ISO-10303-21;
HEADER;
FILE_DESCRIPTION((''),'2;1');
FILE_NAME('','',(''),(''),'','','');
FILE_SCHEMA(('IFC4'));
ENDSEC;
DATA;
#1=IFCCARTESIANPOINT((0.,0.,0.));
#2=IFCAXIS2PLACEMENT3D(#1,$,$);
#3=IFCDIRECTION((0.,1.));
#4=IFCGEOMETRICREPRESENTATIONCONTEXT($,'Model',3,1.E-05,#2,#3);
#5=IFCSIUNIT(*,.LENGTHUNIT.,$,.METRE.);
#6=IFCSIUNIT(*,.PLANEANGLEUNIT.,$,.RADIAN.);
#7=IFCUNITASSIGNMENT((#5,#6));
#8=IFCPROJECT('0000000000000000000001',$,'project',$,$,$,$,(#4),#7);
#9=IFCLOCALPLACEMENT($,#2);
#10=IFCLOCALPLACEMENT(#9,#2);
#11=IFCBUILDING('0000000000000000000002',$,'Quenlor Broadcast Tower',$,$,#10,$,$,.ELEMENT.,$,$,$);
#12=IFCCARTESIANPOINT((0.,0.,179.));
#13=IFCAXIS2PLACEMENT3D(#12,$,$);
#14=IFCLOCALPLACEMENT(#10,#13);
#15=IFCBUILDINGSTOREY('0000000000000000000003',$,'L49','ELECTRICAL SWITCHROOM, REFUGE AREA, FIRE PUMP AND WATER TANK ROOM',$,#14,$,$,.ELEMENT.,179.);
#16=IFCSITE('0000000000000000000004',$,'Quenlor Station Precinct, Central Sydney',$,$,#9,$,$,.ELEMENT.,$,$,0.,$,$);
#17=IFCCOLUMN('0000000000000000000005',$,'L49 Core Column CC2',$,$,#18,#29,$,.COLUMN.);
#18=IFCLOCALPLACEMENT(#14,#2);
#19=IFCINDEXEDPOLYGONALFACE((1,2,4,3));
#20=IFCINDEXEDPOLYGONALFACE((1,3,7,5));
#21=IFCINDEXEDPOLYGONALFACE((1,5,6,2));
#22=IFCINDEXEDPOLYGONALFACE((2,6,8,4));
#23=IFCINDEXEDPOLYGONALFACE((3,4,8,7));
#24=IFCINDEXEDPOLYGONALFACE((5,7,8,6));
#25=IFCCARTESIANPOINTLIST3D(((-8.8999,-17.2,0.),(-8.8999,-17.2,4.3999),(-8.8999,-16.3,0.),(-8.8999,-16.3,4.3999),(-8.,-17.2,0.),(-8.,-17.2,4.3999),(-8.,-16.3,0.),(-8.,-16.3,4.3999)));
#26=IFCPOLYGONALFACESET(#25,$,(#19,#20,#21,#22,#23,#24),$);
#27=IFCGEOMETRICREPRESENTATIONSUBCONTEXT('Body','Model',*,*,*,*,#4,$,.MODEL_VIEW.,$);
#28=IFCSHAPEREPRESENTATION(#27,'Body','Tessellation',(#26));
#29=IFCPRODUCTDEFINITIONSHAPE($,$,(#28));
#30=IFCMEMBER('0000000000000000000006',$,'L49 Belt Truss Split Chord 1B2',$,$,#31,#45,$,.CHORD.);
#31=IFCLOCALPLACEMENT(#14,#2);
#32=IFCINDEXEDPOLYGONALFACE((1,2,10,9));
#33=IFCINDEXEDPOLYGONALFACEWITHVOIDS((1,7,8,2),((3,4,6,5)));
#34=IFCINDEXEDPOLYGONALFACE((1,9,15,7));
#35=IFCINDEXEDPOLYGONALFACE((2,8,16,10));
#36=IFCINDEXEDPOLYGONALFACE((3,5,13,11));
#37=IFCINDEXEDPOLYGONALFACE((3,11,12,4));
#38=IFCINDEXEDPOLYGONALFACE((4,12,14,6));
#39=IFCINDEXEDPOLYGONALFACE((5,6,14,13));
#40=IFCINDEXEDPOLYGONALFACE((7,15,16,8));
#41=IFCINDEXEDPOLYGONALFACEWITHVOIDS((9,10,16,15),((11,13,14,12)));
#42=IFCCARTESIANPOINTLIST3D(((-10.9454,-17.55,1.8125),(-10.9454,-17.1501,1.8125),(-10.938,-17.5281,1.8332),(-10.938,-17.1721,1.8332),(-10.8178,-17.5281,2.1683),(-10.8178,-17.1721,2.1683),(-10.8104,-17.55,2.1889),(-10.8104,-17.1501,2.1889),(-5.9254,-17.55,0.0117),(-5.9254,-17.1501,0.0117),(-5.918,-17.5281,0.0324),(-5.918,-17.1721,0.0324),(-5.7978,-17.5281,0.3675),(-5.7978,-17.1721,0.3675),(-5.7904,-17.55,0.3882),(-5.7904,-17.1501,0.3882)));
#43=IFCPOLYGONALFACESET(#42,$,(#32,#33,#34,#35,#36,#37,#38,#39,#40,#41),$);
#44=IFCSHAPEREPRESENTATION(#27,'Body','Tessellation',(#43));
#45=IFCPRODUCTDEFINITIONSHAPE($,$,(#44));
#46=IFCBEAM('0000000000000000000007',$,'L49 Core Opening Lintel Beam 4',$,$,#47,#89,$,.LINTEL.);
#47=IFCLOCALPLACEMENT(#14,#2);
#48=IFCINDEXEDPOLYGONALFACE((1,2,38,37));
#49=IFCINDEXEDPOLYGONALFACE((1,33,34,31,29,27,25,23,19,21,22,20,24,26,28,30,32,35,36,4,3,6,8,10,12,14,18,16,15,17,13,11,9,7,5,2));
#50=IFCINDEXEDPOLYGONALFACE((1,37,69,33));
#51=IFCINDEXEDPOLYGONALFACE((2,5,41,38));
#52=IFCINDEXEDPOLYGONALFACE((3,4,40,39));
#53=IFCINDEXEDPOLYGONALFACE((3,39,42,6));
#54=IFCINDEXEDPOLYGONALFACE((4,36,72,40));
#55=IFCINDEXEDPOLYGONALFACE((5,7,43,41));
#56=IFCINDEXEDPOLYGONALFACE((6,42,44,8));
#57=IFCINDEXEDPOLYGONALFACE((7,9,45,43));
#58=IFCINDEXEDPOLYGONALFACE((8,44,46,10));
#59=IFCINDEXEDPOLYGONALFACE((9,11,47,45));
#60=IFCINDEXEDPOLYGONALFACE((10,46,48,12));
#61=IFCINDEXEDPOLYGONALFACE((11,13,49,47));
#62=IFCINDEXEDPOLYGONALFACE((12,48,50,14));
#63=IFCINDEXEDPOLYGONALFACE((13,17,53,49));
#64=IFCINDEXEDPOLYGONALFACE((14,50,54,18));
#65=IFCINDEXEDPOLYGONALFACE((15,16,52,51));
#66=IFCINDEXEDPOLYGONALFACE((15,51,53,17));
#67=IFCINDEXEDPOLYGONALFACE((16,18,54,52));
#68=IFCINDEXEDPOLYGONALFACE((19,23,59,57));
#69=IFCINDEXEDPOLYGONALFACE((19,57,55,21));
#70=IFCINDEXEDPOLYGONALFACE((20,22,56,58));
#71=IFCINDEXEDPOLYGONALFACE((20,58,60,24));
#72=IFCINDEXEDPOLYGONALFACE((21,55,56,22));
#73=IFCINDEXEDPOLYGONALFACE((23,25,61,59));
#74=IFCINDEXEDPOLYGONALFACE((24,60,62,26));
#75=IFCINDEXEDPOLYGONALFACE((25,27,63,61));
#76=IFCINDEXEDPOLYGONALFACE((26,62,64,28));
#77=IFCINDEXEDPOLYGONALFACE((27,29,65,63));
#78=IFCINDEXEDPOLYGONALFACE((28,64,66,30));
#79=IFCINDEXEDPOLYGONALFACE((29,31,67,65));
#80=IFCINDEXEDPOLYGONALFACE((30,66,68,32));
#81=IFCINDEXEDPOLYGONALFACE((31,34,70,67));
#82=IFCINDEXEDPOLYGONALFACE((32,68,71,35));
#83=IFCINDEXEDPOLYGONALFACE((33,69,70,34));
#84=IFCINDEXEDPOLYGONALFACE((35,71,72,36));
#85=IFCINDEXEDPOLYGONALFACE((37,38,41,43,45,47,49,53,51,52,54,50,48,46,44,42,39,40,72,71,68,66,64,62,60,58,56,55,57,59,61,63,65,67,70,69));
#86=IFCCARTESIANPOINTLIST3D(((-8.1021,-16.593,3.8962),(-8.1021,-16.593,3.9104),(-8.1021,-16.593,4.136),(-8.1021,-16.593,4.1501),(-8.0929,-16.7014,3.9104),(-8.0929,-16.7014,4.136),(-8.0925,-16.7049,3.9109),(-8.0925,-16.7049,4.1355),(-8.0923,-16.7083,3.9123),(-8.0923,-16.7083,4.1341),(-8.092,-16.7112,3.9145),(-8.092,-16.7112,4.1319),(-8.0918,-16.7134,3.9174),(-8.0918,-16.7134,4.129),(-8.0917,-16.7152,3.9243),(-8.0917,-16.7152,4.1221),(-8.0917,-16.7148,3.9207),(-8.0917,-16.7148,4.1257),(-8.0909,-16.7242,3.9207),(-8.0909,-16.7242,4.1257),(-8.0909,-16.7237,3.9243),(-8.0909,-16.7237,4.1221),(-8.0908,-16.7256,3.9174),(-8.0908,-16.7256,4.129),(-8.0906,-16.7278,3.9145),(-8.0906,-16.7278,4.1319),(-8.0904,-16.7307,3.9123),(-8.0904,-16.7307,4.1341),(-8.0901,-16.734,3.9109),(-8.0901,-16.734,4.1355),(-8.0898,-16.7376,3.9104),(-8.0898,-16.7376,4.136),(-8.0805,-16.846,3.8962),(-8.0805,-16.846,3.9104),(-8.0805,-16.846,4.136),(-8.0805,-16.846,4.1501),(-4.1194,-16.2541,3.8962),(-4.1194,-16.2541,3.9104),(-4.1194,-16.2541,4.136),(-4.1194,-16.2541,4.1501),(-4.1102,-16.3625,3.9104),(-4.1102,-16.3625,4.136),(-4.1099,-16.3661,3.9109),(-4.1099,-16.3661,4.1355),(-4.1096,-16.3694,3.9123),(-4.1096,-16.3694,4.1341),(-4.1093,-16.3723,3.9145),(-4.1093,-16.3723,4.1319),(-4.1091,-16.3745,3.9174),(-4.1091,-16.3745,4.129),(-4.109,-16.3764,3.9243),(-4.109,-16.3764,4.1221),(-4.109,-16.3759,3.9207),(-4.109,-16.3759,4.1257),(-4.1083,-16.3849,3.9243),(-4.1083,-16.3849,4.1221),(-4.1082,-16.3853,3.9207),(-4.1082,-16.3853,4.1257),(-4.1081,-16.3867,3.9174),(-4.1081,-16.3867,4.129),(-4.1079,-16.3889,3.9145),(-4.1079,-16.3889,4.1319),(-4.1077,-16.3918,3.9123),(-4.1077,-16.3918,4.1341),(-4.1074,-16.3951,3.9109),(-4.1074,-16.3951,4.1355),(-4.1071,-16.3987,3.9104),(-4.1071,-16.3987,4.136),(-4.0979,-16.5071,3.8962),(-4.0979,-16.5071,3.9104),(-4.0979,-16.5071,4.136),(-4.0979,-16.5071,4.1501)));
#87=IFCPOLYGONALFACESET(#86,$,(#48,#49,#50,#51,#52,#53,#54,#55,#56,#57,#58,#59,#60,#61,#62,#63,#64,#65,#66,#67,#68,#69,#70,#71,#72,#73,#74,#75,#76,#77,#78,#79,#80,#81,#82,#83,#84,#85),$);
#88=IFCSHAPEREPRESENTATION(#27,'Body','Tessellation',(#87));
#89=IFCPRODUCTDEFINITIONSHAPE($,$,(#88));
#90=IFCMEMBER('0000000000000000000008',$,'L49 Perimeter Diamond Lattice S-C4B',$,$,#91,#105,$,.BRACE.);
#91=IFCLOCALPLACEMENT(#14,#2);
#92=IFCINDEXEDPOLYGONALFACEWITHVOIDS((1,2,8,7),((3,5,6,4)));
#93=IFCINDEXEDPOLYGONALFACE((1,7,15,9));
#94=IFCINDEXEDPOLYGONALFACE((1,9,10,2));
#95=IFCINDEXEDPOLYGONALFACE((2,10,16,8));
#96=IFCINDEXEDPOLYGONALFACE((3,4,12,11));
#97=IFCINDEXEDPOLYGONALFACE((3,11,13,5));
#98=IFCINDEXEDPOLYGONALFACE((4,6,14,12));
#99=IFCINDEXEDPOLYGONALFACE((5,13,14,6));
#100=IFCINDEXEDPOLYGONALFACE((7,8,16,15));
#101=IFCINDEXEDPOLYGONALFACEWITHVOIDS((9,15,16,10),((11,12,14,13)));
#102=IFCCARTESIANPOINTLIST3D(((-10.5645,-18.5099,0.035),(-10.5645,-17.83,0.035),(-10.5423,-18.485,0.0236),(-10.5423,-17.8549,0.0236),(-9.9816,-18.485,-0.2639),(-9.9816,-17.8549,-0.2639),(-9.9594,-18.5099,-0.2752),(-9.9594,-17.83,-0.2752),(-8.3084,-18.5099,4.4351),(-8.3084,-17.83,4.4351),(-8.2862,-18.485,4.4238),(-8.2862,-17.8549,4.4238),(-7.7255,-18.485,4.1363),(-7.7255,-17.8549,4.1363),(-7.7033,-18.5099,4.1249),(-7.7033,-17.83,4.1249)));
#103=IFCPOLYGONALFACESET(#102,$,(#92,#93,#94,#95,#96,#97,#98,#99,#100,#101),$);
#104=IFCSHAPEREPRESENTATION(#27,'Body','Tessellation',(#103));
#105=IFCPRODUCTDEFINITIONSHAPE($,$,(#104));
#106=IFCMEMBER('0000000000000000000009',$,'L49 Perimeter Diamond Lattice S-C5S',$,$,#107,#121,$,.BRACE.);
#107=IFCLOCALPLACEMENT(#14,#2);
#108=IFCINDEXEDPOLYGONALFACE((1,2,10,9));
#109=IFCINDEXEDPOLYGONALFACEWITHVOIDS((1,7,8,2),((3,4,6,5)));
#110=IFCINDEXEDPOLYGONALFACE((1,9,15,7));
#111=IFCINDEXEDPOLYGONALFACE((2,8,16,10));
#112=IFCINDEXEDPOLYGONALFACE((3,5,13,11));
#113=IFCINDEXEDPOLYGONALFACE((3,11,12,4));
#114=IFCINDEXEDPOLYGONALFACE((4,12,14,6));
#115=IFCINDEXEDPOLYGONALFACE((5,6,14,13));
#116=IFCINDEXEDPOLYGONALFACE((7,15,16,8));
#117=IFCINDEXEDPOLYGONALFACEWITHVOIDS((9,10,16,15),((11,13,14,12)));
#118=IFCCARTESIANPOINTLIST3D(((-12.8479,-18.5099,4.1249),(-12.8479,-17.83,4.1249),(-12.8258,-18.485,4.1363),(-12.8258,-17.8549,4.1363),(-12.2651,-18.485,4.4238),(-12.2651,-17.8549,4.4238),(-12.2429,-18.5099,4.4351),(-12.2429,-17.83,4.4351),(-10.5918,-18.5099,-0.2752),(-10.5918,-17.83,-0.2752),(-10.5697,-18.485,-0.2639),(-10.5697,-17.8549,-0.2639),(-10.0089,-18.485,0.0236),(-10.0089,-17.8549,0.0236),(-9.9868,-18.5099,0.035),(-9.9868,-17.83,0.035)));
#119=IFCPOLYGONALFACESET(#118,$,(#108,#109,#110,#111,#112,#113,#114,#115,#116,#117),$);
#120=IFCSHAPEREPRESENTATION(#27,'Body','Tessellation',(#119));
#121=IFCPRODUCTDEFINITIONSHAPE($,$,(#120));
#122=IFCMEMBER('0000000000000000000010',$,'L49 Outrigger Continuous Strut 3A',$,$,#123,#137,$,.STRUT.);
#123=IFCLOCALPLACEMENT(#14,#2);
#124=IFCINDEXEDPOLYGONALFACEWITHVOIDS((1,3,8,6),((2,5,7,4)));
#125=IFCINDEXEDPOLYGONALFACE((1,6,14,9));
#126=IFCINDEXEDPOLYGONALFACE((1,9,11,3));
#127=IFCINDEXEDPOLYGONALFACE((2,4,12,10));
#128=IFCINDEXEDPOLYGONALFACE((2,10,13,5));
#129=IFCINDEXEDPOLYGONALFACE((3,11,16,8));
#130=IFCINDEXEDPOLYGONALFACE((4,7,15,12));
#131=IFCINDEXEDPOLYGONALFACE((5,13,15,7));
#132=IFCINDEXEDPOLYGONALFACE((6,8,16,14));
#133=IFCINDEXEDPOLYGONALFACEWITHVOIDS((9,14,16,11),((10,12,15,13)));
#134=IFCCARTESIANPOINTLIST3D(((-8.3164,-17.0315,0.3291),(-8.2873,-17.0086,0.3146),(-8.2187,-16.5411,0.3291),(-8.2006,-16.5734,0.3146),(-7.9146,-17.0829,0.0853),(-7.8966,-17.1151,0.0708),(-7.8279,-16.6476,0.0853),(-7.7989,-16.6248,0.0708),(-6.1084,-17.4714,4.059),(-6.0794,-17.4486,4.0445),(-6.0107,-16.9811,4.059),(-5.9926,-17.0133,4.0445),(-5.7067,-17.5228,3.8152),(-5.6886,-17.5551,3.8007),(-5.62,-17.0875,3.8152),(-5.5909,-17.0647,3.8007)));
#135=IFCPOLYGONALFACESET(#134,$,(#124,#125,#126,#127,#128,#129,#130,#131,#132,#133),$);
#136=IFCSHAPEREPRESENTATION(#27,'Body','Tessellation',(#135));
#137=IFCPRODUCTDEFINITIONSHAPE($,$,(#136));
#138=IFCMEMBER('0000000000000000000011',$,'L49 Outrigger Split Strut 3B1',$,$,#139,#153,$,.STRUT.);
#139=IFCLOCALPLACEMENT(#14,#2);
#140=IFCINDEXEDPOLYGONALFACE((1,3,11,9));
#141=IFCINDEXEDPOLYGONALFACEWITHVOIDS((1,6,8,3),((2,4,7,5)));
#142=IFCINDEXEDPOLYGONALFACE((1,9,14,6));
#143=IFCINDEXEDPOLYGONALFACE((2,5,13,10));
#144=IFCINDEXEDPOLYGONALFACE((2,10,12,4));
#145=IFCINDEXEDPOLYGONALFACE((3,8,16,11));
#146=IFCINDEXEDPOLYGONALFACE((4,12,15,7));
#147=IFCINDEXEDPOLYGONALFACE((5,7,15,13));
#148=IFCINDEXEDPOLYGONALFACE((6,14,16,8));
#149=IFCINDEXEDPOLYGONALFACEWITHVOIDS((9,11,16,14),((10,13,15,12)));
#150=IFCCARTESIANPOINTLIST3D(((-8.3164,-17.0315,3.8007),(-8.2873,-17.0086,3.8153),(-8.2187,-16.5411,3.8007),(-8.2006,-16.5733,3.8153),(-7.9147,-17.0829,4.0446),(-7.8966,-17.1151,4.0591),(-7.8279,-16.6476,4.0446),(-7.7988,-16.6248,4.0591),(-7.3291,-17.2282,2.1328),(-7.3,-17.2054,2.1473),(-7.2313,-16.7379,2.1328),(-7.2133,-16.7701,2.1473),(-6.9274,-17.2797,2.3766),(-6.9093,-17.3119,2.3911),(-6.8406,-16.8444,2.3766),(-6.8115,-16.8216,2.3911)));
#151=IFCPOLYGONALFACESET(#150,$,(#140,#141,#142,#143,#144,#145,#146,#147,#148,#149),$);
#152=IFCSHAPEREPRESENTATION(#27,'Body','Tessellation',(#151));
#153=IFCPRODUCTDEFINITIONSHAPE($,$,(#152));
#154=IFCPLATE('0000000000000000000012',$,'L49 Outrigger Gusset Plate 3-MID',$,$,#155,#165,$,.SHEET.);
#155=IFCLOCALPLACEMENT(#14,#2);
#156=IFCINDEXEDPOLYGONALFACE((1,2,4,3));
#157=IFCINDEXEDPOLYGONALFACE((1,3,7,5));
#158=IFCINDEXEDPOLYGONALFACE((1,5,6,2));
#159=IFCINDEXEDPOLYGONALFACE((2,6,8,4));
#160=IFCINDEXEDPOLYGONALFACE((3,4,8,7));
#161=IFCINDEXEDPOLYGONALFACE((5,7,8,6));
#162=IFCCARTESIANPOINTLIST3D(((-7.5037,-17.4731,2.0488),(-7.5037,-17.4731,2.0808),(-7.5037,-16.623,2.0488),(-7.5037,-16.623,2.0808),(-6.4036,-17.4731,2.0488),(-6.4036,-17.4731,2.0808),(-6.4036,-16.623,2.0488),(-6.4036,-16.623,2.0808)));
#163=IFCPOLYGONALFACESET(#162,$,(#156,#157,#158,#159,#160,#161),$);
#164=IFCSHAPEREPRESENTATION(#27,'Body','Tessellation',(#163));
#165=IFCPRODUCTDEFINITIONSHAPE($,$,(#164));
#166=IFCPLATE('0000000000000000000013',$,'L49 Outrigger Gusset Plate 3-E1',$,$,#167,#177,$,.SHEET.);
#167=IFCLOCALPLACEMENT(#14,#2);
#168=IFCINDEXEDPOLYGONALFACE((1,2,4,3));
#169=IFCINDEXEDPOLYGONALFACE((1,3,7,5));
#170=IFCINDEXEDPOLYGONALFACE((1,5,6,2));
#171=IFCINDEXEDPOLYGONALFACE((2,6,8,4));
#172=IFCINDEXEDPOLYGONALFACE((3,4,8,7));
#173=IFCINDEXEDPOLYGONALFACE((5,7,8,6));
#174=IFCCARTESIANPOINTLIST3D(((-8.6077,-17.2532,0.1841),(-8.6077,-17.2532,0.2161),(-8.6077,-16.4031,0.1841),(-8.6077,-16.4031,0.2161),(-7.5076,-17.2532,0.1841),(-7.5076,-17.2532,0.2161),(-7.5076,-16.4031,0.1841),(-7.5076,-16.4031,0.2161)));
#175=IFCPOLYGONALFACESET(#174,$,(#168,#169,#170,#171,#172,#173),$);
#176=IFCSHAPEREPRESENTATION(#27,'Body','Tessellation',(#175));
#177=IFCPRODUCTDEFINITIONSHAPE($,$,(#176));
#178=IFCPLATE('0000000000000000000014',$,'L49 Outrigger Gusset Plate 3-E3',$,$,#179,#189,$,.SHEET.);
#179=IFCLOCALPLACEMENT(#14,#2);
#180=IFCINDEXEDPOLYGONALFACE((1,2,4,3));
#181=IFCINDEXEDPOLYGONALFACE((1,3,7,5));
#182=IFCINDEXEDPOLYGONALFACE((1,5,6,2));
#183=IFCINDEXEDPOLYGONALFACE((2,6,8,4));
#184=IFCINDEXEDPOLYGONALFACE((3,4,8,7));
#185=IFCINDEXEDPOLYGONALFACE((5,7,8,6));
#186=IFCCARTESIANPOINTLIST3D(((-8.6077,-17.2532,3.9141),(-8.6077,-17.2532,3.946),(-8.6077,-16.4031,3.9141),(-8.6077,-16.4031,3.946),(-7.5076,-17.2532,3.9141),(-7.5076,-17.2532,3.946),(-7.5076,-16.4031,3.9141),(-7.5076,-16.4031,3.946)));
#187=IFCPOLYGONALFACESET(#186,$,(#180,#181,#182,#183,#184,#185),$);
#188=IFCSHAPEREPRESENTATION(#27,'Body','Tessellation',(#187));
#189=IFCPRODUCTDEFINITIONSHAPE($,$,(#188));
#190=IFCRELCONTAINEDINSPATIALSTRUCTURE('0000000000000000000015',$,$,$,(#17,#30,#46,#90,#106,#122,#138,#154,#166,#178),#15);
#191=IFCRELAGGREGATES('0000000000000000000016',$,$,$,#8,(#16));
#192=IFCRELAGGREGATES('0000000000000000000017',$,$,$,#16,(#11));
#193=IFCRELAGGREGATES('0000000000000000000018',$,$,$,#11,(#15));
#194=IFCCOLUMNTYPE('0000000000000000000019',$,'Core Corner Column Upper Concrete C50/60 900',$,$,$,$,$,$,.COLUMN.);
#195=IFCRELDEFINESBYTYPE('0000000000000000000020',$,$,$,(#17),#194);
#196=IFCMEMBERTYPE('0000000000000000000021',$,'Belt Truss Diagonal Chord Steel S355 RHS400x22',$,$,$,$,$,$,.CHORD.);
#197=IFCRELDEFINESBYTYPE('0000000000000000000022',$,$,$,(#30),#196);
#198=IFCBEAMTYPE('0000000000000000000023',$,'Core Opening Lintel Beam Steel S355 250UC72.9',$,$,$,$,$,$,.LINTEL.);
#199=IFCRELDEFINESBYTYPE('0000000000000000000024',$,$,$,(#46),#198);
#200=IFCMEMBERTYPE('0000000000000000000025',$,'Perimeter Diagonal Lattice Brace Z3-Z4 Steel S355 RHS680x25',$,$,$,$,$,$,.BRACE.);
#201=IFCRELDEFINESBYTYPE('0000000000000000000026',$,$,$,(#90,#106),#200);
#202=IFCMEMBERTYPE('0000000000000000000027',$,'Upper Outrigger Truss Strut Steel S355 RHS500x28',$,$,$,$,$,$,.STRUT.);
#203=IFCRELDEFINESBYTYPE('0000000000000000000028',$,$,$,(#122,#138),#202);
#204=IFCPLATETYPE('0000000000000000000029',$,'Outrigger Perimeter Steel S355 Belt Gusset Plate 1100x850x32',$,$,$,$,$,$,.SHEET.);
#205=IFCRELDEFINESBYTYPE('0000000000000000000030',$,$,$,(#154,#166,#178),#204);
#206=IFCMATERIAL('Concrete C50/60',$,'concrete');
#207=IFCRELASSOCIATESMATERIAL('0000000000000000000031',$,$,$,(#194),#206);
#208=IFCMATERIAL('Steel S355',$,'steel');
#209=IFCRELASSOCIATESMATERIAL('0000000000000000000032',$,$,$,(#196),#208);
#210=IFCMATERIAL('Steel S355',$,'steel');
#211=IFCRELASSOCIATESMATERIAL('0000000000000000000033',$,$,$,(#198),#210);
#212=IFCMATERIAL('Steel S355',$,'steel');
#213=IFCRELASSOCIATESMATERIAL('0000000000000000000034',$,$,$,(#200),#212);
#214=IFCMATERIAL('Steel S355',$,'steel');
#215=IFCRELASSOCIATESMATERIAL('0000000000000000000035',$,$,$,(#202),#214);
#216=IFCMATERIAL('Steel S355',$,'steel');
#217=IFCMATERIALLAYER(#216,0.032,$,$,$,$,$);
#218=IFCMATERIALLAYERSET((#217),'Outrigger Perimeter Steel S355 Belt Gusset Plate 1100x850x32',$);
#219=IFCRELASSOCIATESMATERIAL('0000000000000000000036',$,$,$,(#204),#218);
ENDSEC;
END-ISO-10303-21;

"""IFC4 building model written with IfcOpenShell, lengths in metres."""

from ifc_helpers import new_model, si_unit, direction, frame, origin, origin_2d, place, context, subcontext, project, spatial, rectangle, hollow_rectangle, i_section, extrude, material, layer, layer_set, material_profile, profile_set, type_object, element, save


model = new_model("IFC4")

# Units and contexts
model_context = context("Model", 3, precision=1e-05, world=origin(), true_north=direction((0.0, 1.0)))
body_context = subcontext(model_context, "Body", "Model", "MODEL_VIEW")
ifc_project = project(units=[si_unit("LENGTHUNIT", "METRE"), si_unit("PLANEANGLEUNIT", "RADIAN")], contexts=[model_context])

# Site, building, storey
site_placement = place(None, origin())
site = spatial("IfcSite", under=ifc_project, at=site_placement, Name="Quenlor Station Precinct, Central Sydney", CompositionType="ELEMENT", RefElevation=0.0)
building_placement = place(site_placement, origin())
building = spatial("IfcBuilding", under=site, at=building_placement, Name="Quenlor Broadcast Tower", CompositionType="ELEMENT")
storey_placement = place(building_placement, frame((0.0, 0.0, 179.0)))
storey = spatial("IfcBuildingStorey", under=building, at=storey_placement, Name="L49", Description="ELECTRICAL SWITCHROOM, REFUGE AREA, FIRE PUMP AND WATER TANK ROOM", CompositionType="ELEMENT", Elevation=179.0)

# Column
ifc_material_1 = material(Name="Concrete C50/60", Category="concrete")
ifc_material_profile_1 = material_profile(ifc_material_1, rectangle(XDim=0.8999, YDim=0.8999, at=origin_2d()))
ifc_profile_set_1 = profile_set([ifc_material_profile_1], Name="Concrete C50/60 RC900x900")
column_type = type_object("IfcColumnType", Name="Core Corner Column Upper Concrete C50/60 900", PredefinedType="COLUMN", material=ifc_profile_set_1)
column_placement = place(storey_placement, frame((-8.45, -16.75, 0.0), z_axis=(0.0, 0.0, 1.0), x_axis=(1.0, 0.0, 0.0)))
element("IfcColumn", 1, at=column_placement, inside=storey, type_object=column_type, Name="L49 Core Column CC2", PredefinedType="COLUMN", context=body_context, shape_type="SweptSolid", body=[
    extrude(rectangle(XDim=0.8999, YDim=0.8999, at=origin_2d()), origin(), (0.0, 0.0, 1.0), 4.3999),
])

# Member
ifc_material_2 = material(Name="Steel S355", Category="steel")
ifc_material_profile_2 = material_profile(ifc_material_2, hollow_rectangle(XDim=0.3999, YDim=0.3999, WallThickness=0.022, at=origin_2d()))
ifc_profile_set_2 = profile_set([ifc_material_profile_2], Name="Steel S355 RHS400x400x22")
member_type_1 = type_object("IfcMemberType", Name="Belt Truss Diagonal Chord Steel S355 RHS400x22", PredefinedType="CHORD", material=ifc_profile_set_2)
member_1_placement = place(storey_placement, frame((-10.8779, -17.3501, 2.0007), z_axis=(0.941271, 0.0, -0.337653), x_axis=(0.0, 1.0, 0.0)))
element("IfcMember", 2, at=member_1_placement, inside=storey, type_object=member_type_1, Name="L49 Belt Truss Split Chord 1B2", PredefinedType="CHORD", context=body_context, shape_type="SweptSolid", body=[
    extrude(hollow_rectangle(XDim=0.3999, YDim=0.3999, WallThickness=0.022, at=origin_2d()), origin(), (0.0, 0.0, 1.0), 5.3333),
])

# Beam
ifc_material_3 = material(Name="Steel S355", Category="steel")
ifc_material_profile_3 = material_profile(ifc_material_3, i_section(OverallWidth=0.2539, OverallDepth=0.2539, WebThickness=0.0085, FlangeThickness=0.0142, FilletRadius=0.0139, at=origin_2d()))
ifc_profile_set_3 = profile_set([ifc_material_profile_3], Name="Steel S355 250UC72.9")
beam_type = type_object("IfcBeamType", Name="Core Opening Lintel Beam Steel S355 250UC72.9", PredefinedType="LINTEL", material=ifc_profile_set_3)
beam_placement = place(storey_placement, frame((-8.0913, -16.7195, 4.0232), z_axis=(0.9964, 0.084779, 0.0), x_axis=(-0.084779, 0.9964, 0.0)))
element("IfcBeam", 3, at=beam_placement, inside=storey, type_object=beam_type, Name="L49 Core Opening Lintel Beam 4", PredefinedType="LINTEL", context=body_context, shape_type="SweptSolid", body=[
    extrude(i_section(OverallWidth=0.2539, OverallDepth=0.2539, WebThickness=0.0085, FlangeThickness=0.0142, FilletRadius=0.0139, at=origin_2d()), origin(), (0.0, 0.0, 1.0), 3.9971),
])

# Members
ifc_material_4 = material(Name="Steel S355", Category="steel")
ifc_material_profile_4 = material_profile(ifc_material_4, hollow_rectangle(XDim=0.6799, YDim=0.6799, WallThickness=0.0249, at=origin_2d()))
ifc_profile_set_4 = profile_set([ifc_material_profile_4], Name="Steel S355 RHS680x680x25")
member_type_2 = type_object("IfcMemberType", Name="Perimeter Diagonal Lattice Brace Z3-Z4 Steel S355 RHS680x25", PredefinedType="BRACE", material=ifc_profile_set_4)
for number, where, z_axis, x_axis, name in (
    (4, (-10.262, -18.1699, -0.1201), (0.456256, 0.0, 0.889849), (0.0, 1.0, 0.0), "L49 Perimeter Diamond Lattice S-C4B"),
    (5, (-10.2893, -18.1699, -0.1201), (-0.456256, 0.0, 0.889849), (0.0, -1.0, 0.0), "L49 Perimeter Diamond Lattice S-C5S"),
):
    element("IfcMember", number, at=place(storey_placement, frame(where, z_axis=z_axis, x_axis=x_axis)), inside=storey, type_object=member_type_2, Name=name, PredefinedType="BRACE", context=body_context, shape_type="SweptSolid", body=[
        extrude(hollow_rectangle(XDim=0.6799, YDim=0.6799, WallThickness=0.0249, at=origin_2d()), origin(), (0.0, 0.0, 1.0), 4.9448),
    ])
ifc_material_5 = material(Name="Steel S355", Category="steel")
ifc_material_profile_5 = material_profile(ifc_material_5, hollow_rectangle(XDim=0.5, YDim=0.5, WallThickness=0.0281, at=origin_2d()))
ifc_profile_set_5 = profile_set([ifc_material_profile_5], Name="Steel S355 RHS500x500x28")
member_type_3 = type_object("IfcMemberType", Name="Upper Outrigger Truss Strut Steel S355 RHS500x28", PredefinedType="STRUT", material=ifc_profile_set_5)
member_2_placement = place(storey_placement, frame((-8.0576, -16.8281, 0.2), z_axis=(0.506797, -0.100978, 0.856131), x_axis=(0.195407, 0.980722, 0.0)))
element("IfcMember", 6, at=member_2_placement, inside=storey, type_object=member_type_3, Name="L49 Outrigger Continuous Strut 3A", PredefinedType="STRUT", context=body_context, shape_type="SweptSolid", body=[
    extrude(hollow_rectangle(XDim=0.5, YDim=0.5, WallThickness=0.0281, at=origin_2d()), origin(), (0.0, 0.0, 1.0), 4.3567),
])
member_3_placement = place(storey_placement, frame((-8.0576, -16.8281, 3.9299), z_axis=(0.506769, -0.101003, -0.856144), x_axis=(0.195463, 0.980711, 0.0)))
element("IfcMember", 7, at=member_3_placement, inside=storey, type_object=member_type_3, Name="L49 Outrigger Split Strut 3B1", PredefinedType="STRUT", context=body_context, shape_type="SweptSolid", body=[
    extrude(hollow_rectangle(XDim=0.5, YDim=0.5, WallThickness=0.0281, at=origin_2d()), origin(), (0.0, 0.0, 1.0), 1.9482),
])

# Plates
ifc_material_6 = material(Name="Steel S355", Category="steel")
ifc_layer_1 = layer(ifc_material_6, 0.032)
ifc_layer_set_1 = layer_set([ifc_layer_1], Name="Outrigger Perimeter Steel S355 Belt Gusset Plate 1100x850x32")
plate_type_1 = type_object("IfcPlateType", Name="Outrigger Perimeter Steel S355 Belt Gusset Plate 1100x850x32", PredefinedType="SHEET", material=ifc_layer_set_1)
for number, where, z_axis, x_axis, name in (
    (8, (-6.9536, -17.0481, 2.0488), (0.0, 0.0, 1.0), (1.0, 0.0, 0.0), "L49 Outrigger Gusset Plate 3-MID"),
    (9, (-8.0576, -16.8281, 0.1841), (0.0, 0.0, 1.0), (1.0, 0.0, 0.0), "L49 Outrigger Gusset Plate 3-E1"),
    (10, (-8.0576, -16.8281, 3.9141), (0.0, 0.0, 1.0), (1.0, 0.0, 0.0), "L49 Outrigger Gusset Plate 3-E3"),
):
    element("IfcPlate", number, at=place(storey_placement, frame(where, z_axis=z_axis, x_axis=x_axis)), inside=storey, type_object=plate_type_1, Name=name, PredefinedType="SHEET", context=body_context, shape_type="SweptSolid", body=[
        extrude(rectangle(XDim=1.1001, YDim=0.8501, at=origin_2d()), origin(), (0.0, 0.0, 1.0), 0.032),
    ])

save(model, "model.ifc")
